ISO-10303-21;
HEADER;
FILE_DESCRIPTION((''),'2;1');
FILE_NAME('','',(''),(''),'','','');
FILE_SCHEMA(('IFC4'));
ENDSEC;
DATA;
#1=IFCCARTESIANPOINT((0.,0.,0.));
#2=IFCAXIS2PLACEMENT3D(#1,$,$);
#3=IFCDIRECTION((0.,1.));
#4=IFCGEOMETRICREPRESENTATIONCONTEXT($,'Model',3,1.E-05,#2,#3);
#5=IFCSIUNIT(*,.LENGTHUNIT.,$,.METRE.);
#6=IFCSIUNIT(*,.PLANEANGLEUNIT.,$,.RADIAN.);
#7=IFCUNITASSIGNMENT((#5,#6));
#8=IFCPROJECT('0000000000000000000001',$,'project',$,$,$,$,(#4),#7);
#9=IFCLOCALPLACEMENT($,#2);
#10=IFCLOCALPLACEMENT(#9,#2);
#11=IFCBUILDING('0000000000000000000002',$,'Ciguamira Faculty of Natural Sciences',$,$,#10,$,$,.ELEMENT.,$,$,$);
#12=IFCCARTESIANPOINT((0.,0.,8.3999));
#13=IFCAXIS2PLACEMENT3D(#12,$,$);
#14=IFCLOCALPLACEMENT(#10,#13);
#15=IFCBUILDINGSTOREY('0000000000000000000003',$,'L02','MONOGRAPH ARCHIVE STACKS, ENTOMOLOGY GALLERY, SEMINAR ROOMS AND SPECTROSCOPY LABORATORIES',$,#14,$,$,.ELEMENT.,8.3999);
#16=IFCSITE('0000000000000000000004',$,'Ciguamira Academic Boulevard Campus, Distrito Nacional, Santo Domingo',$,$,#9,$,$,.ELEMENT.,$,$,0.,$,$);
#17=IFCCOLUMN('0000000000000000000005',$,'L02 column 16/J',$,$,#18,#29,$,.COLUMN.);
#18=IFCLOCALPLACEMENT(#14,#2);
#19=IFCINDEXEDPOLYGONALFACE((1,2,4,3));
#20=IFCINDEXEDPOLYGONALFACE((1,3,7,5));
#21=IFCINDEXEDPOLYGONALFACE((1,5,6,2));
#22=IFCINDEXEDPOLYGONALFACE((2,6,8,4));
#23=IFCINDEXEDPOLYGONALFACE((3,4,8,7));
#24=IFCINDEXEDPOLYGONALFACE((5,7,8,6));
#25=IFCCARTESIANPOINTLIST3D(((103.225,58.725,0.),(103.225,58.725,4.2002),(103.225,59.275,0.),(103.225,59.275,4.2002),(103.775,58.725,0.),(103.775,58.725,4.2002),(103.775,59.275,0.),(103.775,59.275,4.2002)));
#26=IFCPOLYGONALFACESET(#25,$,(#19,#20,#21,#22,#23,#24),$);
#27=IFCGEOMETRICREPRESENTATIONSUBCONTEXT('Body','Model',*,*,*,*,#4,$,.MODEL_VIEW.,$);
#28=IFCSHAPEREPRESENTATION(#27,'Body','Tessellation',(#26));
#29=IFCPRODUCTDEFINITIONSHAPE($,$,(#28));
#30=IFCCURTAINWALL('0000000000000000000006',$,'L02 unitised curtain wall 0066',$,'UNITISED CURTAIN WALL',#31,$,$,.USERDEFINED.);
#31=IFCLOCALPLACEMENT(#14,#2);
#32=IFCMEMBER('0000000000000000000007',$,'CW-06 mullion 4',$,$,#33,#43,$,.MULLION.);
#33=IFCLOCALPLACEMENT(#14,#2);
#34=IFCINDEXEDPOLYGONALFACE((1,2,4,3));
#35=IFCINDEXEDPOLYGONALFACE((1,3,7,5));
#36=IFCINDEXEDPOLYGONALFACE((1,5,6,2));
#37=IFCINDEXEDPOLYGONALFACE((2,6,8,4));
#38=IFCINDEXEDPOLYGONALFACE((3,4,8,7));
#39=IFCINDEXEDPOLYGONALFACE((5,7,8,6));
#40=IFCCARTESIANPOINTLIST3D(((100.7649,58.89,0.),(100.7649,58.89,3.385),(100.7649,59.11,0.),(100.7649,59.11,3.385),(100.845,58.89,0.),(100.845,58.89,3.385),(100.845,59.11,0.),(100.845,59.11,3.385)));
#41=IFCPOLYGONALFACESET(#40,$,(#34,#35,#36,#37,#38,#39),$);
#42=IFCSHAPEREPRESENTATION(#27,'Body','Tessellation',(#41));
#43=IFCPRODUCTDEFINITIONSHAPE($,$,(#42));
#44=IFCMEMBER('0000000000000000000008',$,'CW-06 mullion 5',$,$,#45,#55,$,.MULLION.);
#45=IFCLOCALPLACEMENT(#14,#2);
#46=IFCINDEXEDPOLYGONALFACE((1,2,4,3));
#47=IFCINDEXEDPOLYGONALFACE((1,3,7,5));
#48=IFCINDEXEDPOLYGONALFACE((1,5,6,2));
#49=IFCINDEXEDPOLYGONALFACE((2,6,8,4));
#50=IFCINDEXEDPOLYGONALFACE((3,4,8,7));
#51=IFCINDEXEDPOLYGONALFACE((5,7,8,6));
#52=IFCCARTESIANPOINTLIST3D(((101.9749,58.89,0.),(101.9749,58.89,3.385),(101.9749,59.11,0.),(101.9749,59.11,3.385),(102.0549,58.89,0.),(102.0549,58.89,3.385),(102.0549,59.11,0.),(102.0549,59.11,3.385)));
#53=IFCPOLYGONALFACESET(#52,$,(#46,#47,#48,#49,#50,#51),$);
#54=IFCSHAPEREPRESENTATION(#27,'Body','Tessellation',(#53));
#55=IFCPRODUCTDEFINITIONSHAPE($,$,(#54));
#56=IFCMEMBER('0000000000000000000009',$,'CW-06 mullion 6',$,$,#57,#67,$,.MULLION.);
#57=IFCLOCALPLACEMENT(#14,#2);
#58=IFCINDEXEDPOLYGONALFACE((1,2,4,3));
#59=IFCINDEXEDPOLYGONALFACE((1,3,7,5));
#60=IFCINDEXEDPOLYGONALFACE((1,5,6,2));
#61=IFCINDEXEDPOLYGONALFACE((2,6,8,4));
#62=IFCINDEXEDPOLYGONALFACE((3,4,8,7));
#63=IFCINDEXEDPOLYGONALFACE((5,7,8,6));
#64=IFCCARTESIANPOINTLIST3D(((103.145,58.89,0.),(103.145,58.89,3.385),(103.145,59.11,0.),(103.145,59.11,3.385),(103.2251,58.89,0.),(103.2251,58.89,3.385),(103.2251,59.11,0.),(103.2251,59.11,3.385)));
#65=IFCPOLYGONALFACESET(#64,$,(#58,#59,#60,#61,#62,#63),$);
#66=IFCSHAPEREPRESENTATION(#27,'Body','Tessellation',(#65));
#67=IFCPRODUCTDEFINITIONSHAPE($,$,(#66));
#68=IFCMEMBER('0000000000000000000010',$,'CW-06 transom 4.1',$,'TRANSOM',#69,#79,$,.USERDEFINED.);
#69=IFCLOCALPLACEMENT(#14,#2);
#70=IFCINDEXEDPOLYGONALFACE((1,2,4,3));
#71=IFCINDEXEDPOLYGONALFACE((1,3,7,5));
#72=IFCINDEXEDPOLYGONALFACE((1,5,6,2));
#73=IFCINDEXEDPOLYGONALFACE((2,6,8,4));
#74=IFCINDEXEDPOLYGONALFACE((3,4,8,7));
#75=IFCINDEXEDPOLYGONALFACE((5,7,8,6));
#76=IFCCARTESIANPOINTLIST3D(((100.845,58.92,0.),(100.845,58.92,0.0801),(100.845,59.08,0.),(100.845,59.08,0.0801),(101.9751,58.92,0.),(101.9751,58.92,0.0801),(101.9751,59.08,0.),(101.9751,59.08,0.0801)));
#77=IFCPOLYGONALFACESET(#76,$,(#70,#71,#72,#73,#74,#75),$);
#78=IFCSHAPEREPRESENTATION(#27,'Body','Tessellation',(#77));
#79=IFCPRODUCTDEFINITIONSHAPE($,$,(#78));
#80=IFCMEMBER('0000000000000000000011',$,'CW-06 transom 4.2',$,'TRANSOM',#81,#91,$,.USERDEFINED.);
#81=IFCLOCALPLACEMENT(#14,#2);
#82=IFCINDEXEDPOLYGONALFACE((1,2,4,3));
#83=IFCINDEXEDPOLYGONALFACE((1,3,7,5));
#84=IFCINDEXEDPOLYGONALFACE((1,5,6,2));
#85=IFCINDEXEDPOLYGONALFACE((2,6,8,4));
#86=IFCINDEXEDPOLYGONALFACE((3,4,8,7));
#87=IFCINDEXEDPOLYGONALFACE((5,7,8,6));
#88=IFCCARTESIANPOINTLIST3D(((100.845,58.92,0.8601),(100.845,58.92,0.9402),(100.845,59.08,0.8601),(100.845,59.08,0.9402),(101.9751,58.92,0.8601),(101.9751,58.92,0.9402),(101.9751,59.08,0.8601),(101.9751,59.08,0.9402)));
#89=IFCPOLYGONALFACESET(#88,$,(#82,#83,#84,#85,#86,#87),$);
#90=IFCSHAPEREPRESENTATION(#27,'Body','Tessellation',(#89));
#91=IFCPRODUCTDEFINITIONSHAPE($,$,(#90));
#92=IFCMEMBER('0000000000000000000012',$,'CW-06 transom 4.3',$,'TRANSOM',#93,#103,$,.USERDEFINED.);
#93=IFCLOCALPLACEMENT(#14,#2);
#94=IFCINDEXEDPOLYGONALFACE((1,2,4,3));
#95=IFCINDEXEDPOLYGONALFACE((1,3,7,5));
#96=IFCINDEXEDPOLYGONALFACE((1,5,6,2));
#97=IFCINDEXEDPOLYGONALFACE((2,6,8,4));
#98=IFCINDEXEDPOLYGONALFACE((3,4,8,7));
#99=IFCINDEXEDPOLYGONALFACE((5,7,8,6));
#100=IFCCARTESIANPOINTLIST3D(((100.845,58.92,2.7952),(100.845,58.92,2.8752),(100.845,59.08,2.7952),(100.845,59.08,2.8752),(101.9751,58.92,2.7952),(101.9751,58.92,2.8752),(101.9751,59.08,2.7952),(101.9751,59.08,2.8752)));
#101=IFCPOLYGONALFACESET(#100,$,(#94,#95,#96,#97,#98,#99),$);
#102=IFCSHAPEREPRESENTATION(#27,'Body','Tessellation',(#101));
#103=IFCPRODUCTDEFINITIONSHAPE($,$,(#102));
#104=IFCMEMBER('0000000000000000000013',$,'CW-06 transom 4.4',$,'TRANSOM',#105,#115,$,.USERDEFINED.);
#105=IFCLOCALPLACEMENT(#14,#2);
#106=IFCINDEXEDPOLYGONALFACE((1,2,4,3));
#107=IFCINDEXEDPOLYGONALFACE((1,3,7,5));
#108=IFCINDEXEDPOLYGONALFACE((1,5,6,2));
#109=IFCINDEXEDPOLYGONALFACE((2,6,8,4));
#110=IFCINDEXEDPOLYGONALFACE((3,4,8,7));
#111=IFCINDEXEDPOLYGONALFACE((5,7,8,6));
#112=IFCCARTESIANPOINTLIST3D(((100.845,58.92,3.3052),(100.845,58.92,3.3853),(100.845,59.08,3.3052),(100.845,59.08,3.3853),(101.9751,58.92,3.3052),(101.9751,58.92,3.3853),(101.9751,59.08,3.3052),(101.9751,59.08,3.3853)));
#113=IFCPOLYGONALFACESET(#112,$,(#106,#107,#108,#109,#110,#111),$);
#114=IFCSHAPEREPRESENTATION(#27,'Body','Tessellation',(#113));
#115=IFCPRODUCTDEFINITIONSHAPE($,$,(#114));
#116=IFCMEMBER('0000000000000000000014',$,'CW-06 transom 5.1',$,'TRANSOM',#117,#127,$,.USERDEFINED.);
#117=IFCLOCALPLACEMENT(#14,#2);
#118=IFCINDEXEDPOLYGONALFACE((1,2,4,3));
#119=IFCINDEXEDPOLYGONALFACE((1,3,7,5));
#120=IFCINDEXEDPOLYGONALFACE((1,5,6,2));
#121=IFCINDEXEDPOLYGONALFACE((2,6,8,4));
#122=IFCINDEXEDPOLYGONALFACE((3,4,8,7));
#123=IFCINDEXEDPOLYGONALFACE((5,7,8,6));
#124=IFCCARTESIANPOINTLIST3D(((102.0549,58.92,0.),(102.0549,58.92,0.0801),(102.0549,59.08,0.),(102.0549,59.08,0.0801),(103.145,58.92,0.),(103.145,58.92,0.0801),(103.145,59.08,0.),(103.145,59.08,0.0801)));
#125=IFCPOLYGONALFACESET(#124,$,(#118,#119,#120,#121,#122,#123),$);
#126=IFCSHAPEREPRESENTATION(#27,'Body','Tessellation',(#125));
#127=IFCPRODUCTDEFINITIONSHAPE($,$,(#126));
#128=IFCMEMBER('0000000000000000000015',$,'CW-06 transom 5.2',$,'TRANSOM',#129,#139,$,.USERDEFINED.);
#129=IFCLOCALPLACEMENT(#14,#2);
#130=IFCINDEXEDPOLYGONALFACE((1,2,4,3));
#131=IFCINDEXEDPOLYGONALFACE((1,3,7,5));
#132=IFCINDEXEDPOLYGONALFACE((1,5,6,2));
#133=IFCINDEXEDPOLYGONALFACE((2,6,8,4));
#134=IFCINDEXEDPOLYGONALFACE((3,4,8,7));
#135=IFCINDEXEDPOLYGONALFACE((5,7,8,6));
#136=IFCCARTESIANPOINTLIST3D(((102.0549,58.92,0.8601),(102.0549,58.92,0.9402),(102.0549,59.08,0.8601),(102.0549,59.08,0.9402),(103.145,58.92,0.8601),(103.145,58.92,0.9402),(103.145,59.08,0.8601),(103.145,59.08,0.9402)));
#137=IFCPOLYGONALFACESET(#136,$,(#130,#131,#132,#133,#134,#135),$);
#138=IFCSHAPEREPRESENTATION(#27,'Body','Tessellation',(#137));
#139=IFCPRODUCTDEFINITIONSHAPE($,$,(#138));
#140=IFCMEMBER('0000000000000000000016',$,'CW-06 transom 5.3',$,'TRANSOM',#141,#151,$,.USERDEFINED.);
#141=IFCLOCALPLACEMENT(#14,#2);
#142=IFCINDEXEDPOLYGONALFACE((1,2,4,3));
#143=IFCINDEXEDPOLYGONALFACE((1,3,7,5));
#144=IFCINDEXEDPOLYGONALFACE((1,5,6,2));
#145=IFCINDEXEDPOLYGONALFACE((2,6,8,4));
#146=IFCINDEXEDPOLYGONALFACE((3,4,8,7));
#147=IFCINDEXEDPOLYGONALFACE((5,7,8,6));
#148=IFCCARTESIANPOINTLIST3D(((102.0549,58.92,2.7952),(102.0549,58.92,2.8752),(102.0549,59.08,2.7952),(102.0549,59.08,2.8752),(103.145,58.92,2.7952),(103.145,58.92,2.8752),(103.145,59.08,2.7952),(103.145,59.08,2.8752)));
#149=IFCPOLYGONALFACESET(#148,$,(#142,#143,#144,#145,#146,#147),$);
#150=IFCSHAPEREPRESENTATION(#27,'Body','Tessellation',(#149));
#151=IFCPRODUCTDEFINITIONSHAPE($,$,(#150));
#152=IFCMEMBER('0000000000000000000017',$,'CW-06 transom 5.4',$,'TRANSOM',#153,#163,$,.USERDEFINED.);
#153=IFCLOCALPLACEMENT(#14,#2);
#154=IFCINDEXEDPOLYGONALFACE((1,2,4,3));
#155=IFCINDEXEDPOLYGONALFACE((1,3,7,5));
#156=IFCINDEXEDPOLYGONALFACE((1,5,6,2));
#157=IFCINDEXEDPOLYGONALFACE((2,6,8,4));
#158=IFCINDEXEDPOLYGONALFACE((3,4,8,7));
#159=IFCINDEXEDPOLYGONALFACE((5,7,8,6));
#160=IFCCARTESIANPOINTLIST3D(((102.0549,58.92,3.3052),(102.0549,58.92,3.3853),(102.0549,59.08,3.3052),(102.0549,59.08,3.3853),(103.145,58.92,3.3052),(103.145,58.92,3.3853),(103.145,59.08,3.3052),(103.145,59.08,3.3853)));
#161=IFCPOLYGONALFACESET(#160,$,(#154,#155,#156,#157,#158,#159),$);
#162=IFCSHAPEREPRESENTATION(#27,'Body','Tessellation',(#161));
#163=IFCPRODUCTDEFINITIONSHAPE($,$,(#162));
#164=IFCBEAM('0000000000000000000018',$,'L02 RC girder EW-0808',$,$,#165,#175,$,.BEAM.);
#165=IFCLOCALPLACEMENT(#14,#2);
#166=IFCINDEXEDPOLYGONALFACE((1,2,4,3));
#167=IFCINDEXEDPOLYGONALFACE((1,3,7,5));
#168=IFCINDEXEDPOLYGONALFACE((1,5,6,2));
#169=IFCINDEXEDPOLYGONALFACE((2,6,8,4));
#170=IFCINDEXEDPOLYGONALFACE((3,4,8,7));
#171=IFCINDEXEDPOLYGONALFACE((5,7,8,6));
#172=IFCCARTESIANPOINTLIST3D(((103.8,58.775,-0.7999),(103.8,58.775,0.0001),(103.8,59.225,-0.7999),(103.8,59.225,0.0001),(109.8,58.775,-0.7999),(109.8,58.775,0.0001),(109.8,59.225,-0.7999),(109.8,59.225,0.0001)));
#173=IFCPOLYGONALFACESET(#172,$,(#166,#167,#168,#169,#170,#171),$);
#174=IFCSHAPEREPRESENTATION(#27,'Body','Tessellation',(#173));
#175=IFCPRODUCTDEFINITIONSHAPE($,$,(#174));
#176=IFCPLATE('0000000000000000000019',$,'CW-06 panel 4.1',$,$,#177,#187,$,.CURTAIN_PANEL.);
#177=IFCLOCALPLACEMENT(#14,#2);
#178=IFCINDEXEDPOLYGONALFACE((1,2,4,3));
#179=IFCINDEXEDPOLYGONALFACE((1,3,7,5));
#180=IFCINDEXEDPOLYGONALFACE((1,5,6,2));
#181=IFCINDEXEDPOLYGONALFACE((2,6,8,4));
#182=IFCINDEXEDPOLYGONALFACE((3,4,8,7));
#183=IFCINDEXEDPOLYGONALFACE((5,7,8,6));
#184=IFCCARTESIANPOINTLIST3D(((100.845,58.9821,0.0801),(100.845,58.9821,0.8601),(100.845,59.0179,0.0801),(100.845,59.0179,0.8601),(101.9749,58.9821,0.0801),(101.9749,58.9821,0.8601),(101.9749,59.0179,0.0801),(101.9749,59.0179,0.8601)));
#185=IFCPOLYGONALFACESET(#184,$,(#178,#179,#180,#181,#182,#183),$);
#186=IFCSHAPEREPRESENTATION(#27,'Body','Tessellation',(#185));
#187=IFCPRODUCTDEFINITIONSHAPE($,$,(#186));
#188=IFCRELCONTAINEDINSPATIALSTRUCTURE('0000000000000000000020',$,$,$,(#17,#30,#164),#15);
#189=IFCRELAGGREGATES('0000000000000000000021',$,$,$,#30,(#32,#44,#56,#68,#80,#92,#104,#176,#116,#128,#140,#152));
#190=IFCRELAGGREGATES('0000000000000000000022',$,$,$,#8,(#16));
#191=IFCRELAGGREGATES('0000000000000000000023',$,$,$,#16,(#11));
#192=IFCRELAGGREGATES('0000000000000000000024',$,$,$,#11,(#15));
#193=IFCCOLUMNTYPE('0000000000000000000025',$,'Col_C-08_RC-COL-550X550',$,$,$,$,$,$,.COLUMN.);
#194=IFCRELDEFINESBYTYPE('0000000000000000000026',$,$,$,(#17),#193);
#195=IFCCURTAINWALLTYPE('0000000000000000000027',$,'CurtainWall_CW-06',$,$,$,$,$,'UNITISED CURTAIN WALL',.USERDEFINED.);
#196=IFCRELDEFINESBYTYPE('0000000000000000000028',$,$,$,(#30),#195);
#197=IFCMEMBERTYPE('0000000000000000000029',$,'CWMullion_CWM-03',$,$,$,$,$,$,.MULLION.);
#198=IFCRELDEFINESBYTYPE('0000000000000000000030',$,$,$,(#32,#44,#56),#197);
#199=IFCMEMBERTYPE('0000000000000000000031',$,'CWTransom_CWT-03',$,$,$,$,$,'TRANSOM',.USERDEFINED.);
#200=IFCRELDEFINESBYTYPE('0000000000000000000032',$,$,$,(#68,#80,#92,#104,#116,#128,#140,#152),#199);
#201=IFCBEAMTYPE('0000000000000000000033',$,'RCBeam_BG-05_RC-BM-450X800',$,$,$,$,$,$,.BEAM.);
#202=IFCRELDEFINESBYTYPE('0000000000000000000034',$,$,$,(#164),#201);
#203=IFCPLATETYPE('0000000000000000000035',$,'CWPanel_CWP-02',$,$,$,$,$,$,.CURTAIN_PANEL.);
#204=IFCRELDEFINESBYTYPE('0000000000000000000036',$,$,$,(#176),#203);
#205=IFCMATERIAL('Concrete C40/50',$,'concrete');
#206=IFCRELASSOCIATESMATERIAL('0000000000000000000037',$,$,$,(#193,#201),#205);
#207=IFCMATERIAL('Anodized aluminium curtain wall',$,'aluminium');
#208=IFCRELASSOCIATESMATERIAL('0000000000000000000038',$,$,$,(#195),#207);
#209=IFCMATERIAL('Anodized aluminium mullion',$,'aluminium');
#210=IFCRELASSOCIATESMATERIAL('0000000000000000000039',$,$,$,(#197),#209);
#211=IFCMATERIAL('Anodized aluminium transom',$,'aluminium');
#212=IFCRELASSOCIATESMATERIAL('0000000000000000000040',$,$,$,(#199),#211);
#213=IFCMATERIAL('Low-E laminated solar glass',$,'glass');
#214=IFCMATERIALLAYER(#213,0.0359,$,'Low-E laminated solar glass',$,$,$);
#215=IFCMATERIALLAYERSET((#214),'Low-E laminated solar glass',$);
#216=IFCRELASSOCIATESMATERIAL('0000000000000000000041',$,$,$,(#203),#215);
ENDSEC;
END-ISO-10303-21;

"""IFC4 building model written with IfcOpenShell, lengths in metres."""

from ifc_helpers import new_model, si_unit, direction, frame, origin, origin_2d, place, context, subcontext, project, spatial, rectangle, extrude, material, layer, layer_set, material_profile, profile_set, type_object, element, aggregate, save


model = new_model("IFC4")

# Units and contexts
model_context = context("Model", 3, precision=1e-05, world=origin(), true_north=direction((0.0, 1.0)))
body_context = subcontext(model_context, "Body", "Model", "MODEL_VIEW")
ifc_project = project(units=[si_unit("LENGTHUNIT", "METRE"), si_unit("PLANEANGLEUNIT", "RADIAN")], contexts=[model_context])

# Site, building, storey
site_placement = place(None, origin())
site = spatial("IfcSite", under=ifc_project, at=site_placement, Name="Ciguamira Academic Boulevard Campus, Distrito Nacional, Santo Domingo", CompositionType="ELEMENT", RefElevation=0.0)
building_placement = place(site_placement, origin())
building = spatial("IfcBuilding", under=site, at=building_placement, Name="Ciguamira Faculty of Natural Sciences", CompositionType="ELEMENT")
storey_placement = place(building_placement, frame((0.0, 0.0, 8.3999)))
storey = spatial("IfcBuildingStorey", under=building, at=storey_placement, Name="L02", Description="MONOGRAPH ARCHIVE STACKS, ENTOMOLOGY GALLERY, SEMINAR ROOMS AND SPECTROSCOPY LABORATORIES", CompositionType="ELEMENT", Elevation=8.3999)

# Column
ifc_material_1 = material(Name="Concrete C40/50", Category="concrete")
ifc_material_profile_1 = material_profile(ifc_material_1, rectangle(XDim=0.55, YDim=0.55, at=origin_2d()), Name="RC-COL-550X550")
ifc_profile_set_1 = profile_set([ifc_material_profile_1], Name="Concrete C40/50")
column_type = type_object("IfcColumnType", Name="Col_C-08_RC-COL-550X550", PredefinedType="COLUMN", material=ifc_profile_set_1)
column_placement = place(storey_placement, frame((103.5, 59.0, 0.0), z_axis=(0.0, 0.0, 1.0), x_axis=(1.0, 0.0, 0.0)))
element("IfcColumn", 1, at=column_placement, inside=storey, type_object=column_type, Name="L02 column 16/J", PredefinedType="COLUMN", context=body_context, shape_type="SweptSolid", body=[
    extrude(rectangle(XDim=0.55, YDim=0.55, at=origin_2d()), origin(), (0.0, 0.0, 1.0), 4.2002),
])

# Curtain wall, members
ifc_material_2 = material(Name="Anodized aluminium curtain wall", Category="aluminium")
curtain_wall_type = type_object("IfcCurtainWallType", Name="CurtainWall_CW-06", ElementType="UNITISED CURTAIN WALL", PredefinedType="USERDEFINED", material=ifc_material_2)
curtain_wall_placement = place(storey_placement, origin())
curtain_wall = element("IfcCurtainWall", 2, at=curtain_wall_placement, inside=storey, type_object=curtain_wall_type, Name="L02 unitised curtain wall 0066", ObjectType="UNITISED CURTAIN WALL", PredefinedType="USERDEFINED")
ifc_material_3 = material(Name="Anodized aluminium mullion", Category="aluminium")
ifc_material_profile_2 = material_profile(ifc_material_3, rectangle(XDim=0.0801, YDim=0.22, at=origin_2d()), Name="ALU-MUL-80X220")
ifc_profile_set_2 = profile_set([ifc_material_profile_2], Name="Anodized aluminium mullion")
member_type_1 = type_object("IfcMemberType", Name="CWMullion_CWM-03", PredefinedType="MULLION", material=ifc_profile_set_2)
member_1_placement = place(storey_placement, frame((100.8049, 59.0, 0.0), z_axis=(0.0, 0.0, 1.0), x_axis=(1.0, 0.0, 0.0)))
member_1 = element("IfcMember", 3, at=member_1_placement, type_object=member_type_1, Name="CW-06 mullion 4", PredefinedType="MULLION", context=body_context, shape_type="SweptSolid", body=[
    extrude(rectangle(XDim=0.0801, YDim=0.22, at=origin_2d()), origin(), (0.0, 0.0, 1.0), 3.385),
])
member_2_placement = place(storey_placement, frame((102.0149, 59.0, 0.0), z_axis=(0.0, 0.0, 1.0), x_axis=(1.0, 0.0, 0.0)))
member_2 = element("IfcMember", 4, at=member_2_placement, type_object=member_type_1, Name="CW-06 mullion 5", PredefinedType="MULLION", context=body_context, shape_type="SweptSolid", body=[
    extrude(rectangle(XDim=0.0801, YDim=0.22, at=origin_2d()), origin(), (0.0, 0.0, 1.0), 3.385),
])
member_3_placement = place(storey_placement, frame((103.1851, 59.0, 0.0), z_axis=(0.0, 0.0, 1.0), x_axis=(1.0, 0.0, 0.0)))
member_3 = element("IfcMember", 5, at=member_3_placement, type_object=member_type_1, Name="CW-06 mullion 6", PredefinedType="MULLION", context=body_context, shape_type="SweptSolid", body=[
    extrude(rectangle(XDim=0.0801, YDim=0.22, at=origin_2d()), origin(), (0.0, 0.0, 1.0), 3.385),
])
ifc_material_4 = material(Name="Anodized aluminium transom", Category="aluminium")
ifc_material_profile_3 = material_profile(ifc_material_4, rectangle(XDim=0.0801, YDim=0.1599, at=origin_2d()), Name="ALU-TRN-80X160")
ifc_profile_set_3 = profile_set([ifc_material_profile_3], Name="Anodized aluminium transom")
member_type_2 = type_object("IfcMemberType", Name="CWTransom_CWT-03", ElementType="TRANSOM", PredefinedType="USERDEFINED", material=ifc_profile_set_3)
member_4_placement = place(storey_placement, frame((100.845, 59.0, 0.04), z_axis=(1.0, 0.0, 0.0), x_axis=(0.0, 0.0, 1.0)))
member_4 = element("IfcMember", 6, at=member_4_placement, type_object=member_type_2, Name="CW-06 transom 4.1", ObjectType="TRANSOM", PredefinedType="USERDEFINED", context=body_context, shape_type="SweptSolid", body=[
    extrude(rectangle(XDim=0.0801, YDim=0.1599, at=origin_2d()), origin(), (0.0, 0.0, 1.0), 1.1301),
])
member_5_placement = place(storey_placement, frame((100.845, 59.0, 0.9001), z_axis=(1.0, 0.0, 0.0), x_axis=(0.0, 0.0, 1.0)))
member_5 = element("IfcMember", 7, at=member_5_placement, type_object=member_type_2, Name="CW-06 transom 4.2", ObjectType="TRANSOM", PredefinedType="USERDEFINED", context=body_context, shape_type="SweptSolid", body=[
    extrude(rectangle(XDim=0.0801, YDim=0.1599, at=origin_2d()), origin(), (0.0, 0.0, 1.0), 1.1301),
])
member_6_placement = place(storey_placement, frame((100.845, 59.0, 2.8352), z_axis=(1.0, 0.0, 0.0), x_axis=(0.0, 0.0, 1.0)))
member_6 = element("IfcMember", 8, at=member_6_placement, type_object=member_type_2, Name="CW-06 transom 4.3", ObjectType="TRANSOM", PredefinedType="USERDEFINED", context=body_context, shape_type="SweptSolid", body=[
    extrude(rectangle(XDim=0.0801, YDim=0.1599, at=origin_2d()), origin(), (0.0, 0.0, 1.0), 1.1301),
])
member_7_placement = place(storey_placement, frame((100.845, 59.0, 3.3452), z_axis=(1.0, 0.0, 0.0), x_axis=(0.0, 0.0, 1.0)))
member_7 = element("IfcMember", 9, at=member_7_placement, type_object=member_type_2, Name="CW-06 transom 4.4", ObjectType="TRANSOM", PredefinedType="USERDEFINED", context=body_context, shape_type="SweptSolid", body=[
    extrude(rectangle(XDim=0.0801, YDim=0.1599, at=origin_2d()), origin(), (0.0, 0.0, 1.0), 1.1301),
])
member_8_placement = place(storey_placement, frame((102.0549, 59.0, 0.04), z_axis=(1.0, 0.0, 0.0), x_axis=(0.0, 0.0, 1.0)))
member_8 = element("IfcMember", 10, at=member_8_placement, type_object=member_type_2, Name="CW-06 transom 5.1", ObjectType="TRANSOM", PredefinedType="USERDEFINED", context=body_context, shape_type="SweptSolid", body=[
    extrude(rectangle(XDim=0.0801, YDim=0.1599, at=origin_2d()), origin(), (0.0, 0.0, 1.0), 1.0901),
])
member_9_placement = place(storey_placement, frame((102.0549, 59.0, 0.9001), z_axis=(1.0, 0.0, 0.0), x_axis=(0.0, 0.0, 1.0)))
member_9 = element("IfcMember", 11, at=member_9_placement, type_object=member_type_2, Name="CW-06 transom 5.2", ObjectType="TRANSOM", PredefinedType="USERDEFINED", context=body_context, shape_type="SweptSolid", body=[
    extrude(rectangle(XDim=0.0801, YDim=0.1599, at=origin_2d()), origin(), (0.0, 0.0, 1.0), 1.0901),
])
member_10_placement = place(storey_placement, frame((102.0549, 59.0, 2.8352), z_axis=(1.0, 0.0, 0.0), x_axis=(0.0, 0.0, 1.0)))
member_10 = element("IfcMember", 12, at=member_10_placement, type_object=member_type_2, Name="CW-06 transom 5.3", ObjectType="TRANSOM", PredefinedType="USERDEFINED", context=body_context, shape_type="SweptSolid", body=[
    extrude(rectangle(XDim=0.0801, YDim=0.1599, at=origin_2d()), origin(), (0.0, 0.0, 1.0), 1.0901),
])
member_11_placement = place(storey_placement, frame((102.0549, 59.0, 3.3452), z_axis=(1.0, 0.0, 0.0), x_axis=(0.0, 0.0, 1.0)))
member_11 = element("IfcMember", 13, at=member_11_placement, type_object=member_type_2, Name="CW-06 transom 5.4", ObjectType="TRANSOM", PredefinedType="USERDEFINED", context=body_context, shape_type="SweptSolid", body=[
    extrude(rectangle(XDim=0.0801, YDim=0.1599, at=origin_2d()), origin(), (0.0, 0.0, 1.0), 1.0901),
])

# Beam
ifc_material_profile_4 = material_profile(ifc_material_1, rectangle(XDim=0.45, YDim=0.8, at=origin_2d()), Name="RC-BM-450X800")
ifc_profile_set_4 = profile_set([ifc_material_profile_4], Name="Concrete C40/50")
beam_type = type_object("IfcBeamType", Name="RCBeam_BG-05_RC-BM-450X800", PredefinedType="BEAM", material=ifc_profile_set_4)
beam_placement = place(storey_placement, frame((103.8, 59.0, -0.3999), z_axis=(1.0, 0.0, 0.0), x_axis=(0.0, 1.0, 0.0)))
element("IfcBeam", 14, at=beam_placement, inside=storey, type_object=beam_type, Name="L02 RC girder EW-0808", PredefinedType="BEAM", context=body_context, shape_type="SweptSolid", body=[
    extrude(rectangle(XDim=0.45, YDim=0.8, at=origin_2d()), origin(), (0.0, 0.0, 1.0), 6.0),
])

# Plate
ifc_material_5 = material(Name="Low-E laminated solar glass", Category="glass")
ifc_layer_1 = layer(ifc_material_5, 0.0359, Name="Low-E laminated solar glass")
ifc_layer_set_1 = layer_set([ifc_layer_1], Name="Low-E laminated solar glass")
plate_type = type_object("IfcPlateType", Name="CWPanel_CWP-02", PredefinedType="CURTAIN_PANEL", material=ifc_layer_set_1)
plate_1_placement = place(storey_placement, frame((101.4099, 59.0, 0.0801), z_axis=(0.0, 0.0, 1.0), x_axis=(1.0, 0.0, 0.0)))
plate_1 = element("IfcPlate", 15, at=plate_1_placement, type_object=plate_type, Name="CW-06 panel 4.1", PredefinedType="CURTAIN_PANEL", context=body_context, shape_type="SweptSolid", body=[
    extrude(rectangle(XDim=1.1299, YDim=0.0359, at=origin_2d()), origin(), (0.0, 0.0, 1.0), 0.78),
])
aggregate(curtain_wall, [member_1, member_2, member_3, member_4, member_5, member_6, member_7, plate_1, member_8, member_9, member_10, member_11])

save(model, "model.ifc")
